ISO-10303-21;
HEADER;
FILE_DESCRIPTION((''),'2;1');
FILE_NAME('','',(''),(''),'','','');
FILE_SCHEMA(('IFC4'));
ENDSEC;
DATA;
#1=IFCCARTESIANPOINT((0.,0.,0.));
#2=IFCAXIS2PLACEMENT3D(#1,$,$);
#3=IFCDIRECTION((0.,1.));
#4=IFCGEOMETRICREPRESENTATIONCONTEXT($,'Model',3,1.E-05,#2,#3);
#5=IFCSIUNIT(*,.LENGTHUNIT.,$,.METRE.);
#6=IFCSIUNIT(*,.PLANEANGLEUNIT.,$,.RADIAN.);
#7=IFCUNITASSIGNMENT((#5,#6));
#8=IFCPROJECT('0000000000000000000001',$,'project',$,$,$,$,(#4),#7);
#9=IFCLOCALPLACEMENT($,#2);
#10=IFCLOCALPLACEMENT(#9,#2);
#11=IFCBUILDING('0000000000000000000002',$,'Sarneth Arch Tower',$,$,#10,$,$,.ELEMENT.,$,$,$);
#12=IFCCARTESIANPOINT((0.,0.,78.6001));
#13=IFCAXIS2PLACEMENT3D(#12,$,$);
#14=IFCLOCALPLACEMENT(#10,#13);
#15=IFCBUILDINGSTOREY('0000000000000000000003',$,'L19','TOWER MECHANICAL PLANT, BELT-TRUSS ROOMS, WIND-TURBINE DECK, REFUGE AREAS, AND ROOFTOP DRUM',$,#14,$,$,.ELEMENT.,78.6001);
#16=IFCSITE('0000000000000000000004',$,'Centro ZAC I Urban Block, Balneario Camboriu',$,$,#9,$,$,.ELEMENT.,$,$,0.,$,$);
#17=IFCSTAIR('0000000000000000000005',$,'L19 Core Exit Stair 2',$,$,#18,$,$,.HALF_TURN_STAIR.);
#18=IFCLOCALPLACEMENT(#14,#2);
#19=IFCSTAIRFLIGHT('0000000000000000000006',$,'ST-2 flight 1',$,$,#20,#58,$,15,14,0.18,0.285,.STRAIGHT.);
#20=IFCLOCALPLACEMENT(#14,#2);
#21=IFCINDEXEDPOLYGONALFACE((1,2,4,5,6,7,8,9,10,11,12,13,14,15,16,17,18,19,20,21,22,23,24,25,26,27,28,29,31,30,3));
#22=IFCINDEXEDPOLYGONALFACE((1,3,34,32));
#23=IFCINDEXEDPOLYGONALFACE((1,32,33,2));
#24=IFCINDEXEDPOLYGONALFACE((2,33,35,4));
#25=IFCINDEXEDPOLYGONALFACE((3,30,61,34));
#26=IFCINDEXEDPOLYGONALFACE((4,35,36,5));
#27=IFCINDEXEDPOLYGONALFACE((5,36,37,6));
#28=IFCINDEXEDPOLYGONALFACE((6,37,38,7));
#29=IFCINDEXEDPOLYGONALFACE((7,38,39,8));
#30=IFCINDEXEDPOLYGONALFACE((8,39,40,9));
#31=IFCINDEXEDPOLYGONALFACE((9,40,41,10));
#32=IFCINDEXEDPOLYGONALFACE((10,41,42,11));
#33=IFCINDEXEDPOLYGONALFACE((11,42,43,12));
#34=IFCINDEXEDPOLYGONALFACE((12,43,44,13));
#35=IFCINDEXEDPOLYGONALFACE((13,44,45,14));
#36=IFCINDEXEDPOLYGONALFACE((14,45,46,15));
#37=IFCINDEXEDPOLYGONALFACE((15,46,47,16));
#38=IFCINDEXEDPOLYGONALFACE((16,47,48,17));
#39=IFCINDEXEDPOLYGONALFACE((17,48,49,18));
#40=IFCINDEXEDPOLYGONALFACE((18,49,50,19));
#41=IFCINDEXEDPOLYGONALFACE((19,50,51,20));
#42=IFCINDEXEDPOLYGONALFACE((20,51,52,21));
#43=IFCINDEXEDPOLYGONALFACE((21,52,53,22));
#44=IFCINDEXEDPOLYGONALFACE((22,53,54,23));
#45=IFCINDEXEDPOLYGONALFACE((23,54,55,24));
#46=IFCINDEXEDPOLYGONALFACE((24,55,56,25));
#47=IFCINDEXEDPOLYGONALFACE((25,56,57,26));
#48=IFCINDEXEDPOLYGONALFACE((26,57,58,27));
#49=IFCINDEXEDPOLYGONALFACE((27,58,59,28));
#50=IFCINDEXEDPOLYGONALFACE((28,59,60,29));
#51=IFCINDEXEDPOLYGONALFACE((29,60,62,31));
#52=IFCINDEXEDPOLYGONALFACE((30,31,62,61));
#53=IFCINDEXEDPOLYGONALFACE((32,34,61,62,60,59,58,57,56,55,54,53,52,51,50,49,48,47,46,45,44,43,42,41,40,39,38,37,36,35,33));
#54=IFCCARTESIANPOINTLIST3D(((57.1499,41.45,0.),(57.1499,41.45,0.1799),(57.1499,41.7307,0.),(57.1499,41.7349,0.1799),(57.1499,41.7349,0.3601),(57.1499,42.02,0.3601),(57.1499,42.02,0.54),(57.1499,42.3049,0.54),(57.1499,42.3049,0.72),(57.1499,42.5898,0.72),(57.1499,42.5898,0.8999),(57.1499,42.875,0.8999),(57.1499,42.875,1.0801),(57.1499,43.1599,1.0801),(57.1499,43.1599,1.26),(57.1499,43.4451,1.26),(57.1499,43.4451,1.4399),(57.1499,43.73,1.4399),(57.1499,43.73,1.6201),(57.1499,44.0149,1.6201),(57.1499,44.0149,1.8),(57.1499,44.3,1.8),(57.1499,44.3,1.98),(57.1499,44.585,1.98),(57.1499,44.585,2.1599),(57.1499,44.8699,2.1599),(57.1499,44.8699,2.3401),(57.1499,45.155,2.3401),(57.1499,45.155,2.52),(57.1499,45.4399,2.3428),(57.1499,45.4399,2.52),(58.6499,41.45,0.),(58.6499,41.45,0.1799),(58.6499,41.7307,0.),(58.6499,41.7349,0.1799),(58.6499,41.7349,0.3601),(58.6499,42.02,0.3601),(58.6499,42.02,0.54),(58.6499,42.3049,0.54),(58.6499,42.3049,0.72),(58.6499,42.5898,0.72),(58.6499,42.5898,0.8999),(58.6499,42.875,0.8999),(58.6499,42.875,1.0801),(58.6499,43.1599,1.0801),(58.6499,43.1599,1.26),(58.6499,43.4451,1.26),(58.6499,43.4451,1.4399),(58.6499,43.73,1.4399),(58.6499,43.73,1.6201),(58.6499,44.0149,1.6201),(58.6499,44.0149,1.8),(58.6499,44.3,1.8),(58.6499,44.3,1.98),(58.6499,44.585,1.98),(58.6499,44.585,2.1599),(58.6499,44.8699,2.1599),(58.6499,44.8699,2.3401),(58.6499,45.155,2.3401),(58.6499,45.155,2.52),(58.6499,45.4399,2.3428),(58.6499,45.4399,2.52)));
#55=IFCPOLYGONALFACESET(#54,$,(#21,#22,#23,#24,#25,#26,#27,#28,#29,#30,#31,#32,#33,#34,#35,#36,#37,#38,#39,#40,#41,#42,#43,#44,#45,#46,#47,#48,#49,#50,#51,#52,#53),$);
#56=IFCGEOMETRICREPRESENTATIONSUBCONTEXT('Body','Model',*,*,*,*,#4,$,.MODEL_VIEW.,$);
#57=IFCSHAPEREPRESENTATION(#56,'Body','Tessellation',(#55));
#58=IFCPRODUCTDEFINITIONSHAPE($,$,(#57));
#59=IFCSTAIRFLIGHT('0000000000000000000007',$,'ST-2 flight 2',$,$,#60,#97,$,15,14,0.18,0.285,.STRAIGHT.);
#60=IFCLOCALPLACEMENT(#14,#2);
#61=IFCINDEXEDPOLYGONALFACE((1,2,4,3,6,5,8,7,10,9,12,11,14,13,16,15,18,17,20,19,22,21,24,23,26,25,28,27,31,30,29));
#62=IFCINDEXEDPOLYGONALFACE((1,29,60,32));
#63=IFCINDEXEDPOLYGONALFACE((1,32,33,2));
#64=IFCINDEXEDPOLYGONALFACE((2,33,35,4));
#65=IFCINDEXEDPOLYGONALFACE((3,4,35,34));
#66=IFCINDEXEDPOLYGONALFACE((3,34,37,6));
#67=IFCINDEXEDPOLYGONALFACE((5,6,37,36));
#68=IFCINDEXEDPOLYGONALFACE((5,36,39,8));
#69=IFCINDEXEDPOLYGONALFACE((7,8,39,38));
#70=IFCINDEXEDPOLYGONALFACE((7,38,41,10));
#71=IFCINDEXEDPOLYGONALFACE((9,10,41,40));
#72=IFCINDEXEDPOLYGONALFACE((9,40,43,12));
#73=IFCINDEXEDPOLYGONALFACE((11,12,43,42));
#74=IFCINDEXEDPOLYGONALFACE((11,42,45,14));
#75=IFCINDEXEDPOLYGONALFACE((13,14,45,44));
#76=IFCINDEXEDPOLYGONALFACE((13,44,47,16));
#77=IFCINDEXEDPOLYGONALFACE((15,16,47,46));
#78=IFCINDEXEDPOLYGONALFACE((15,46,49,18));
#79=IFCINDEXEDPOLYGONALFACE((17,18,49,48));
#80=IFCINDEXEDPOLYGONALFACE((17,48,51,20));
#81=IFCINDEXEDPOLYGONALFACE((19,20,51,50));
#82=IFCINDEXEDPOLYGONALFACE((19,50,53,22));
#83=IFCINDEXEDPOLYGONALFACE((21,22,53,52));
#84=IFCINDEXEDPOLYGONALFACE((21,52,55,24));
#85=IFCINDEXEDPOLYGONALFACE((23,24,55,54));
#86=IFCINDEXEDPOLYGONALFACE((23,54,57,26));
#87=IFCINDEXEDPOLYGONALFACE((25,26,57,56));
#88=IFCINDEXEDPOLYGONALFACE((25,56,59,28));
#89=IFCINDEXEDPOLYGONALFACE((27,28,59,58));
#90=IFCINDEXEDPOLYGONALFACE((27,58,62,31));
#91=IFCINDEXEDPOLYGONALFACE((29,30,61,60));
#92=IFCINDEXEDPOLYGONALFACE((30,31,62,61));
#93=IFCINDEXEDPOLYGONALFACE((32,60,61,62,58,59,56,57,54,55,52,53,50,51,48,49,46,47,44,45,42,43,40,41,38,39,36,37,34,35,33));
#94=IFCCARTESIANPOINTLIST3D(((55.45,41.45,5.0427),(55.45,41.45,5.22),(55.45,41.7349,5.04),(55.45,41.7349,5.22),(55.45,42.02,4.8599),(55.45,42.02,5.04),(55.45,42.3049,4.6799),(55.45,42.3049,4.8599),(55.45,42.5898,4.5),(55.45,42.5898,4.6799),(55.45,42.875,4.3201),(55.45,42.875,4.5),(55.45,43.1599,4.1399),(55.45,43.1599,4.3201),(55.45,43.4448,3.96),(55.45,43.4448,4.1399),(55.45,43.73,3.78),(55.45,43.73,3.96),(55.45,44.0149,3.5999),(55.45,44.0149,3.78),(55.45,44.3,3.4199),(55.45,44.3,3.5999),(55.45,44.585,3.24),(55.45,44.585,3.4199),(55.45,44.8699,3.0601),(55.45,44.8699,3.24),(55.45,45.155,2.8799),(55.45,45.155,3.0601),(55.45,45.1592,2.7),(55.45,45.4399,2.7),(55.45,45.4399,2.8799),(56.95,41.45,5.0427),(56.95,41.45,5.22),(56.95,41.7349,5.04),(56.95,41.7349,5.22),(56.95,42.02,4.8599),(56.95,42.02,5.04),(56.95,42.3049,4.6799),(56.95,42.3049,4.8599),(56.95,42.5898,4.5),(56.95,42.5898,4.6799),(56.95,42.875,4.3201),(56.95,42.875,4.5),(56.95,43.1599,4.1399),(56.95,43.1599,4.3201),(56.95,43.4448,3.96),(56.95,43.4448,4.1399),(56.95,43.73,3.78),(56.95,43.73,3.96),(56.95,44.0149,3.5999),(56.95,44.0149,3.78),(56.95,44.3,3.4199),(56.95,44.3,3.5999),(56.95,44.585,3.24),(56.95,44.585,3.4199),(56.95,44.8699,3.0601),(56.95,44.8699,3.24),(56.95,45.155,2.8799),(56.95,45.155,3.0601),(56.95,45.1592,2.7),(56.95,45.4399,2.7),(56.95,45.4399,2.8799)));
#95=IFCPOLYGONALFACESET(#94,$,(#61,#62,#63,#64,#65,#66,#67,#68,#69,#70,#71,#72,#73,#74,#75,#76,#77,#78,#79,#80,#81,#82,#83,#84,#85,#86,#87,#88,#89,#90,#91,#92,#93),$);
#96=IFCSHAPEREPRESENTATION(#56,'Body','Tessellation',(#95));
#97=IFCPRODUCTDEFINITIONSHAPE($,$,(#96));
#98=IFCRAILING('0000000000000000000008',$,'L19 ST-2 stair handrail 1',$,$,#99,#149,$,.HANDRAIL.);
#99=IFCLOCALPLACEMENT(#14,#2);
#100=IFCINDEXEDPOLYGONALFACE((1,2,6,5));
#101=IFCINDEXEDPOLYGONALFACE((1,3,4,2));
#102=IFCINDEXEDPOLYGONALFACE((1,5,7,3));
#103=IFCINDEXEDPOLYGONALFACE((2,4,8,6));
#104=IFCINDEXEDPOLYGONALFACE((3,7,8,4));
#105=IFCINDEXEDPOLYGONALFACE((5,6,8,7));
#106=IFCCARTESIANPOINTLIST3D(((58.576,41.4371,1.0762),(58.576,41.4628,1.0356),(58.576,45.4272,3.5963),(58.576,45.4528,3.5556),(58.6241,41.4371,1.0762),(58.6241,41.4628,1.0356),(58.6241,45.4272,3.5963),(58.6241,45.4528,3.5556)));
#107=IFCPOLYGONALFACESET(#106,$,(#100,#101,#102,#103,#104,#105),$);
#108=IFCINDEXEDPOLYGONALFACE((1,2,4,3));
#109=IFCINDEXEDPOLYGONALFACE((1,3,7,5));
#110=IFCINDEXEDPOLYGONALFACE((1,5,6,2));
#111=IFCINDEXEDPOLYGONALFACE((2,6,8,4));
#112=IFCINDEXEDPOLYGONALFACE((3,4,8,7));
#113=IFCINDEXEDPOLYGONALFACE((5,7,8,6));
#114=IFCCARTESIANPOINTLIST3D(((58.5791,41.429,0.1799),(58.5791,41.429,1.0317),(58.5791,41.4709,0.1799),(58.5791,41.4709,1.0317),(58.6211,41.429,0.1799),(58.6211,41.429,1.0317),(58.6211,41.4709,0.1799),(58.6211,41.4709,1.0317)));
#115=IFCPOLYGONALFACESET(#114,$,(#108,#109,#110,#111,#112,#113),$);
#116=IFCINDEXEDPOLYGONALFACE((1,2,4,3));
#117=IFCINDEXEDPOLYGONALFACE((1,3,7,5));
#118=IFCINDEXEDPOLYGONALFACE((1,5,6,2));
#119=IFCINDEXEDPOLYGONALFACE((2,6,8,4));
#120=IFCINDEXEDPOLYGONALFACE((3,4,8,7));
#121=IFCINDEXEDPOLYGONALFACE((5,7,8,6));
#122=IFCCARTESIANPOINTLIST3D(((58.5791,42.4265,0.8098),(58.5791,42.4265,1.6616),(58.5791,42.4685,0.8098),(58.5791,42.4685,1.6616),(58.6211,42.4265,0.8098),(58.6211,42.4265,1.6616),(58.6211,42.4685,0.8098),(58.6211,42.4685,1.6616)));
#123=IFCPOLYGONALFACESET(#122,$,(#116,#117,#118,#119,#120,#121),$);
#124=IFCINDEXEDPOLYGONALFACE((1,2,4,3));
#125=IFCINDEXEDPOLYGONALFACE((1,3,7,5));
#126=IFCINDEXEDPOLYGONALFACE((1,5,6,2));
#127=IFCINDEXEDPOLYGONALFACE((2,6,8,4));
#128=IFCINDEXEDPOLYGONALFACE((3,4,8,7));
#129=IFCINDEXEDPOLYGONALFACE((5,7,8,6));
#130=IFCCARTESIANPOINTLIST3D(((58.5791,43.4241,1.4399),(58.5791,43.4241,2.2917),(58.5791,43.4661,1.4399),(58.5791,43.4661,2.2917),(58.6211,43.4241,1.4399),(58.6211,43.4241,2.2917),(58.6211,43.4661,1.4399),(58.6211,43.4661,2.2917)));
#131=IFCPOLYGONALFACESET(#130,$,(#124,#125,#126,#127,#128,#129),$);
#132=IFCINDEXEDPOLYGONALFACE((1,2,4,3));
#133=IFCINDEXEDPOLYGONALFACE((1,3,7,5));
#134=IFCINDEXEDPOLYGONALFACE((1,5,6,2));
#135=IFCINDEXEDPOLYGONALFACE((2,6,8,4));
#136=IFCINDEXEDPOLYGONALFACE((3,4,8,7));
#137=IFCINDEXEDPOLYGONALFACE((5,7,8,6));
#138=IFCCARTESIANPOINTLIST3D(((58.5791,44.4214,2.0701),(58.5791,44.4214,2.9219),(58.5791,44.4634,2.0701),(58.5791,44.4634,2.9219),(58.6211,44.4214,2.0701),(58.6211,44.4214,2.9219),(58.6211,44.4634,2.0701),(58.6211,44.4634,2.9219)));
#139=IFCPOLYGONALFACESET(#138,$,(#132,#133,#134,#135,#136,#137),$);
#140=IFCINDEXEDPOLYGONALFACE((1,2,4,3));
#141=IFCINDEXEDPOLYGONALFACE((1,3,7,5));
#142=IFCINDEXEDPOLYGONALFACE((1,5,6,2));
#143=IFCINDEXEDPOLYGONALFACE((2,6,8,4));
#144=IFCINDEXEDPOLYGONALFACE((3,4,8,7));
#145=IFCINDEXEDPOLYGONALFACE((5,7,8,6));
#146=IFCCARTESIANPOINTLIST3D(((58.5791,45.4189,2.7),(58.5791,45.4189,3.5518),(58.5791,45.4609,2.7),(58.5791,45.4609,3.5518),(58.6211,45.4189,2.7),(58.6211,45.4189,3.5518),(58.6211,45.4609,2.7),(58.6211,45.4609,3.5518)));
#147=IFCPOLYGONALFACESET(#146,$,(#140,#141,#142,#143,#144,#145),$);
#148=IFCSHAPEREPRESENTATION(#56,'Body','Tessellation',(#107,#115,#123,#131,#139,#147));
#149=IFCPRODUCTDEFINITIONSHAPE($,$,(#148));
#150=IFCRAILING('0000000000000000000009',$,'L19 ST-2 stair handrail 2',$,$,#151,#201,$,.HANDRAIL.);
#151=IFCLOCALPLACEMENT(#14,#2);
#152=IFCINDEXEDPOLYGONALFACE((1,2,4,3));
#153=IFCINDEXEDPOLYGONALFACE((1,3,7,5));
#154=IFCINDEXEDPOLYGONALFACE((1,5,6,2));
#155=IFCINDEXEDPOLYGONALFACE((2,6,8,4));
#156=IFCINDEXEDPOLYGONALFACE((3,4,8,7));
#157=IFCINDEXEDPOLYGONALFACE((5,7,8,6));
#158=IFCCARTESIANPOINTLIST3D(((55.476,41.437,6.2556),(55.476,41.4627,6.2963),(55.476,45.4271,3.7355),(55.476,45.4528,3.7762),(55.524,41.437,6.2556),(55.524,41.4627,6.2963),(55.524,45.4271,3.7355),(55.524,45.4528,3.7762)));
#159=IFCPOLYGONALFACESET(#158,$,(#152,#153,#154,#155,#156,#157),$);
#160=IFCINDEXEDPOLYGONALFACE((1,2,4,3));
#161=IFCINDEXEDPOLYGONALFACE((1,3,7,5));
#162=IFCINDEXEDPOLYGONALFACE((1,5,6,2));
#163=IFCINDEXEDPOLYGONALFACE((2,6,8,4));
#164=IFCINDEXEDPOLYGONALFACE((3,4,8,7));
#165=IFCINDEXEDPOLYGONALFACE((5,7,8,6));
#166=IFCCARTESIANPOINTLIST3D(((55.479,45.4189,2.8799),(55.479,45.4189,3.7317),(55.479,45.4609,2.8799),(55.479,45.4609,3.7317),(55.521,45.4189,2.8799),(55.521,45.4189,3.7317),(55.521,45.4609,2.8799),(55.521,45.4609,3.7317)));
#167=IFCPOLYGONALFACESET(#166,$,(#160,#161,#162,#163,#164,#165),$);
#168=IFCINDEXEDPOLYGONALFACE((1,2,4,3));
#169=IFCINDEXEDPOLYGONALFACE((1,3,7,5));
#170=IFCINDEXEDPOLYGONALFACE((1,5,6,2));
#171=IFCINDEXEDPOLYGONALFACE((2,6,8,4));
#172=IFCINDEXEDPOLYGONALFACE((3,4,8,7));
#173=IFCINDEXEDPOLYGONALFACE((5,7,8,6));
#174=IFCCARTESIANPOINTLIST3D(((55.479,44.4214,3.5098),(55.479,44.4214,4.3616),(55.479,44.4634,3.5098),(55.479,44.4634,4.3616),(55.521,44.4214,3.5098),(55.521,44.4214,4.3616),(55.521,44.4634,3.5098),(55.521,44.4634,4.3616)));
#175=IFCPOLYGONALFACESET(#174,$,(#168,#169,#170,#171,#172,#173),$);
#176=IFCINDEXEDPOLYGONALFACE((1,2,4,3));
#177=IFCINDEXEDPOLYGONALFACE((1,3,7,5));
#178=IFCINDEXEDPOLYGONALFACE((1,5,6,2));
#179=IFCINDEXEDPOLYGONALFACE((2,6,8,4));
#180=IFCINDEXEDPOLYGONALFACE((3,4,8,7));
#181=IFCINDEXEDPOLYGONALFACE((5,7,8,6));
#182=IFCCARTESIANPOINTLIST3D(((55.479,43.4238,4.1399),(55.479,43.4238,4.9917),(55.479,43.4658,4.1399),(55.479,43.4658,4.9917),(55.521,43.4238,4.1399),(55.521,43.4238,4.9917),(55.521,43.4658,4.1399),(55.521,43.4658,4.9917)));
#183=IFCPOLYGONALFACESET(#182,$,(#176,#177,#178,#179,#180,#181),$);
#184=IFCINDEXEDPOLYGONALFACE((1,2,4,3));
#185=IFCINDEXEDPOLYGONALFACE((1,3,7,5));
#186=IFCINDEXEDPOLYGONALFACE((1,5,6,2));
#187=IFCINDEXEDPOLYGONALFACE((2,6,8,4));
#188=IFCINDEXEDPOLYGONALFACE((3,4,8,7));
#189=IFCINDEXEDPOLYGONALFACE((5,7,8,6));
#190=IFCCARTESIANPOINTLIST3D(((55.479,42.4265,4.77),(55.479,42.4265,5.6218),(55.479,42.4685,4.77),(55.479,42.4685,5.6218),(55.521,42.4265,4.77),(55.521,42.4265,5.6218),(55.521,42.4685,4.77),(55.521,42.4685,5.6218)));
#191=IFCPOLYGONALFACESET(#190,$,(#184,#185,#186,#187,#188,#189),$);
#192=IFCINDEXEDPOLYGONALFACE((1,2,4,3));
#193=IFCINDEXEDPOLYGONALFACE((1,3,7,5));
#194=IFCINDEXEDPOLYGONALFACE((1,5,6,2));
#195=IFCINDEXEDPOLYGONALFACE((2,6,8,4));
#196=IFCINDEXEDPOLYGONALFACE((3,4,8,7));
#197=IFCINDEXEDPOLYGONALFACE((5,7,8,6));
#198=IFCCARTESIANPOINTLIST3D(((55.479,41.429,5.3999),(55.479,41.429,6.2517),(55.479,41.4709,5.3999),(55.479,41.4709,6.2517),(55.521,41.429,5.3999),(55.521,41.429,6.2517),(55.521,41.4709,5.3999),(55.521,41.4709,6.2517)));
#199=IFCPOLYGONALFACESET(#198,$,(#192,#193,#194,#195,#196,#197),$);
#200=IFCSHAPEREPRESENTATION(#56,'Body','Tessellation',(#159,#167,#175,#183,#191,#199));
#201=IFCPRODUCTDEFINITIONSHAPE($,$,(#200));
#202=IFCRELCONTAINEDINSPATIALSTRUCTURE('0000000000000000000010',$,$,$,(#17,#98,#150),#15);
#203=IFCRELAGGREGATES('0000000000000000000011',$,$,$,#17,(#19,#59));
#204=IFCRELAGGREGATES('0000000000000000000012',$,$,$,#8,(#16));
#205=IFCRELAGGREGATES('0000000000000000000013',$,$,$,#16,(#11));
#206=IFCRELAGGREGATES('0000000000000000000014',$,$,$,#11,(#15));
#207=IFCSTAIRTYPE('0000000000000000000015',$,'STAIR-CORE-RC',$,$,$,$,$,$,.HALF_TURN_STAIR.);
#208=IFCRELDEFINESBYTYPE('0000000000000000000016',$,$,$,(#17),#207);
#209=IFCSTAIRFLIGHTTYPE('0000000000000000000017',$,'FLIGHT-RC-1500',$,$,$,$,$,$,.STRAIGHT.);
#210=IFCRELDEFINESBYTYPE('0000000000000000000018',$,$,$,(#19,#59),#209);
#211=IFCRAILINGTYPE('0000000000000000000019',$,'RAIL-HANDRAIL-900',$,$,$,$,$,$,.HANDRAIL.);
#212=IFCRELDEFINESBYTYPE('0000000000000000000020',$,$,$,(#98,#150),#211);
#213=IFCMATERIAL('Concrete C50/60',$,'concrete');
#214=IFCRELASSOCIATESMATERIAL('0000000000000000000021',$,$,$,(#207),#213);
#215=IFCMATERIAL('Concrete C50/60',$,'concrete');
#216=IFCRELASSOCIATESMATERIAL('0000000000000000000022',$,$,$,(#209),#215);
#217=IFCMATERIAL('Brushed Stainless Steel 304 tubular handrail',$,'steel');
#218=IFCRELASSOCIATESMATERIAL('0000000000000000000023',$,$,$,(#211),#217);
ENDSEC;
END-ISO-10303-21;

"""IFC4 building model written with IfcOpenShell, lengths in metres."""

from ifc_helpers import new_model, si_unit, direction, frame, origin, origin_2d, place, context, subcontext, project, spatial, polyline, rectangle, outline, extrude, material, type_object, element, aggregate, save


model = new_model("IFC4")

# Units and contexts
model_context = context("Model", 3, precision=1e-05, world=origin(), true_north=direction((0.0, 1.0)))
body_context = subcontext(model_context, "Body", "Model", "MODEL_VIEW")
ifc_project = project(units=[si_unit("LENGTHUNIT", "METRE"), si_unit("PLANEANGLEUNIT", "RADIAN")], contexts=[model_context])

# Site, building, storey
site_placement = place(None, origin())
site = spatial("IfcSite", under=ifc_project, at=site_placement, Name="Centro ZAC I Urban Block, Balneario Camboriu", CompositionType="ELEMENT", RefElevation=0.0)
building_placement = place(site_placement, origin())
building = spatial("IfcBuilding", under=site, at=building_placement, Name="Sarneth Arch Tower", CompositionType="ELEMENT")
storey_placement = place(building_placement, frame((0.0, 0.0, 78.6001)))
storey = spatial("IfcBuildingStorey", under=building, at=storey_placement, Name="L19", Description="TOWER MECHANICAL PLANT, BELT-TRUSS ROOMS, WIND-TURBINE DECK, REFUGE AREAS, AND ROOFTOP DRUM", CompositionType="ELEMENT", Elevation=78.6001)

# Stair, stair flights
ifc_material_1 = material(Name="Concrete C50/60", Category="concrete")
stair_type = type_object("IfcStairType", Name="STAIR-CORE-RC", PredefinedType="HALF_TURN_STAIR", material=ifc_material_1)
stair_placement = place(storey_placement, origin())
stair = element("IfcStair", 1, at=stair_placement, inside=storey, type_object=stair_type, Name="L19 Core Exit Stair 2", PredefinedType="HALF_TURN_STAIR")
ifc_material_2 = material(Name="Concrete C50/60", Category="concrete")
stair_flight_type = type_object("IfcStairFlightType", Name="FLIGHT-RC-1500", PredefinedType="STRAIGHT", material=ifc_material_2)
stair_flight_1_placement = place(storey_placement, frame((57.8999, 41.45, 0.0), z_axis=(0.0, 0.0, 1.0), x_axis=(0.0, 1.0, 0.0)))
stair_flight_1 = element("IfcStairFlight", 2, at=stair_flight_1_placement, type_object=stair_flight_type, Name="ST-2 flight 1", NumberOfRisers=15, NumberOfTreads=14, PredefinedType="STRAIGHT", RiserHeight=0.18, TreadLength=0.285, context=body_context, shape_type="SweptSolid", body=[
    extrude(outline(polyline([(0.0, 0.0), (0.0, 0.1799), (0.2849, 0.1799), (0.2849, 0.3601), (0.5701, 0.3601), (0.5701, 0.54), (0.855, 0.54), (0.855, 0.72), (1.1399, 0.72), (1.1399, 0.8999), (1.425, 0.8999), (1.425, 1.0801), (1.71, 1.0801), (1.71, 1.26), (1.9951, 1.26), (1.9951, 1.4399), (2.28, 1.4399), (2.28, 1.6201), (2.5649, 1.6201), (2.5649, 1.8), (2.8501, 1.8), (2.8501, 1.98), (3.135, 1.98), (3.135, 2.1599), (3.4199, 2.1599), (3.4199, 2.3401), (3.7051, 2.3401), (3.7051, 2.52), (3.99, 2.52), (3.99, 2.7), (3.99, 2.3428), (0.2808, 0.0), (0.0, 0.0)])), frame((0.0, 0.75, 0.0), z_axis=(0.0, -1.0, 0.0), x_axis=(1.0, 0.0, 0.0)), (0.0, 0.0, 1.0), 1.5),
])
stair_flight_2_placement = place(storey_placement, frame((56.2, 45.4399, 2.7), z_axis=(0.0, 0.0, 1.0), x_axis=(0.0, -1.0, 0.0)))
stair_flight_2 = element("IfcStairFlight", 3, at=stair_flight_2_placement, type_object=stair_flight_type, Name="ST-2 flight 2", NumberOfRisers=15, NumberOfTreads=14, PredefinedType="STRAIGHT", RiserHeight=0.18, TreadLength=0.285, context=body_context, shape_type="SweptSolid", body=[
    extrude(outline(polyline([(0.0, 0.0), (0.0, 0.1799), (0.2849, 0.1799), (0.2849, 0.3601), (0.5701, 0.3601), (0.5701, 0.54), (0.855, 0.54), (0.855, 0.72), (1.1399, 0.72), (1.1399, 0.8999), (1.425, 0.8999), (1.425, 1.0801), (1.71, 1.0801), (1.71, 1.26), (1.9951, 1.26), (1.9951, 1.4399), (2.28, 1.4399), (2.28, 1.6201), (2.5649, 1.6201), (2.5649, 1.8), (2.8501, 1.8), (2.8501, 1.98), (3.135, 1.98), (3.135, 2.1599), (3.4199, 2.1599), (3.4199, 2.3401), (3.7051, 2.3401), (3.7051, 2.52), (3.99, 2.52), (3.99, 2.7), (3.99, 2.3428), (0.2808, 0.0), (0.0, 0.0)])), frame((0.0, 0.75, 0.0), z_axis=(0.0, -1.0, 0.0), x_axis=(1.0, 0.0, 0.0)), (0.0, 0.0, 1.0), 1.5),
])
aggregate(stair, [stair_flight_1, stair_flight_2])

# Railings
ifc_material_3 = material(Name="Brushed Stainless Steel 304 tubular handrail", Category="steel")
railing_type_1 = type_object("IfcRailingType", Name="RAIL-HANDRAIL-900", PredefinedType="HANDRAIL", material=ifc_material_3)
railing_1_placement = place(storey_placement, frame((58.6001, 41.45, 0.1799)))
element("IfcRailing", 4, at=railing_1_placement, inside=storey, type_object=railing_type_1, Name="L19 ST-2 stair handrail 1", PredefinedType="HANDRAIL", context=body_context, shape_type="SweptSolid", body=[
    extrude(rectangle(XDim=0.0481, YDim=0.0481, at=origin_2d()), frame((0.0, 0.0, 0.876), z_axis=(0.0, 0.845486, 0.533997), x_axis=(-1.0, 0.0, 0.0)), (0.0, 0.0, 1.0), 4.7192),
    extrude(rectangle(XDim=0.042, YDim=0.042, at=origin_2d()), origin(), (0.0, 0.0, 1.0), 0.8518),
    extrude(rectangle(XDim=0.042, YDim=0.042, at=origin_2d()), frame((0.0, 0.9976, 0.6299)), (0.0, 0.0, 1.0), 0.8518),
    extrude(rectangle(XDim=0.042, YDim=0.042, at=origin_2d()), frame((0.0, 1.9951, 1.26)), (0.0, 0.0, 1.0), 0.8518),
    extrude(rectangle(XDim=0.042, YDim=0.042, at=origin_2d()), frame((0.0, 2.9924, 1.8901)), (0.0, 0.0, 1.0), 0.8518),
    extrude(rectangle(XDim=0.042, YDim=0.042, at=origin_2d()), frame((0.0, 3.99, 2.52)), (0.0, 0.0, 1.0), 0.8518),
])
railing_2_placement = place(storey_placement, frame((55.5, 45.4399, 2.8799)))
element("IfcRailing", 5, at=railing_2_placement, inside=storey, type_object=railing_type_1, Name="L19 ST-2 stair handrail 2", PredefinedType="HANDRAIL", context=body_context, shape_type="SweptSolid", body=[
    extrude(rectangle(XDim=0.0481, YDim=0.0481, at=origin_2d()), frame((0.0, 0.0, 0.876), z_axis=(0.0, -0.845486, 0.533997), x_axis=(1.0, 0.0, 0.0)), (0.0, 0.0, 1.0), 4.7192),
    extrude(rectangle(XDim=0.042, YDim=0.042, at=origin_2d()), origin(), (0.0, 0.0, 1.0), 0.8518),
    extrude(rectangle(XDim=0.042, YDim=0.042, at=origin_2d()), frame((0.0, -0.9976, 0.6299)), (0.0, 0.0, 1.0), 0.8518),
    extrude(rectangle(XDim=0.042, YDim=0.042, at=origin_2d()), frame((0.0, -1.9951, 1.26)), (0.0, 0.0, 1.0), 0.8518),
    extrude(rectangle(XDim=0.042, YDim=0.042, at=origin_2d()), frame((0.0, -2.9924, 1.8901)), (0.0, 0.0, 1.0), 0.8518),
    extrude(rectangle(XDim=0.042, YDim=0.042, at=origin_2d()), frame((0.0, -3.99, 2.52)), (0.0, 0.0, 1.0), 0.8518),
])

save(model, "model.ifc")
